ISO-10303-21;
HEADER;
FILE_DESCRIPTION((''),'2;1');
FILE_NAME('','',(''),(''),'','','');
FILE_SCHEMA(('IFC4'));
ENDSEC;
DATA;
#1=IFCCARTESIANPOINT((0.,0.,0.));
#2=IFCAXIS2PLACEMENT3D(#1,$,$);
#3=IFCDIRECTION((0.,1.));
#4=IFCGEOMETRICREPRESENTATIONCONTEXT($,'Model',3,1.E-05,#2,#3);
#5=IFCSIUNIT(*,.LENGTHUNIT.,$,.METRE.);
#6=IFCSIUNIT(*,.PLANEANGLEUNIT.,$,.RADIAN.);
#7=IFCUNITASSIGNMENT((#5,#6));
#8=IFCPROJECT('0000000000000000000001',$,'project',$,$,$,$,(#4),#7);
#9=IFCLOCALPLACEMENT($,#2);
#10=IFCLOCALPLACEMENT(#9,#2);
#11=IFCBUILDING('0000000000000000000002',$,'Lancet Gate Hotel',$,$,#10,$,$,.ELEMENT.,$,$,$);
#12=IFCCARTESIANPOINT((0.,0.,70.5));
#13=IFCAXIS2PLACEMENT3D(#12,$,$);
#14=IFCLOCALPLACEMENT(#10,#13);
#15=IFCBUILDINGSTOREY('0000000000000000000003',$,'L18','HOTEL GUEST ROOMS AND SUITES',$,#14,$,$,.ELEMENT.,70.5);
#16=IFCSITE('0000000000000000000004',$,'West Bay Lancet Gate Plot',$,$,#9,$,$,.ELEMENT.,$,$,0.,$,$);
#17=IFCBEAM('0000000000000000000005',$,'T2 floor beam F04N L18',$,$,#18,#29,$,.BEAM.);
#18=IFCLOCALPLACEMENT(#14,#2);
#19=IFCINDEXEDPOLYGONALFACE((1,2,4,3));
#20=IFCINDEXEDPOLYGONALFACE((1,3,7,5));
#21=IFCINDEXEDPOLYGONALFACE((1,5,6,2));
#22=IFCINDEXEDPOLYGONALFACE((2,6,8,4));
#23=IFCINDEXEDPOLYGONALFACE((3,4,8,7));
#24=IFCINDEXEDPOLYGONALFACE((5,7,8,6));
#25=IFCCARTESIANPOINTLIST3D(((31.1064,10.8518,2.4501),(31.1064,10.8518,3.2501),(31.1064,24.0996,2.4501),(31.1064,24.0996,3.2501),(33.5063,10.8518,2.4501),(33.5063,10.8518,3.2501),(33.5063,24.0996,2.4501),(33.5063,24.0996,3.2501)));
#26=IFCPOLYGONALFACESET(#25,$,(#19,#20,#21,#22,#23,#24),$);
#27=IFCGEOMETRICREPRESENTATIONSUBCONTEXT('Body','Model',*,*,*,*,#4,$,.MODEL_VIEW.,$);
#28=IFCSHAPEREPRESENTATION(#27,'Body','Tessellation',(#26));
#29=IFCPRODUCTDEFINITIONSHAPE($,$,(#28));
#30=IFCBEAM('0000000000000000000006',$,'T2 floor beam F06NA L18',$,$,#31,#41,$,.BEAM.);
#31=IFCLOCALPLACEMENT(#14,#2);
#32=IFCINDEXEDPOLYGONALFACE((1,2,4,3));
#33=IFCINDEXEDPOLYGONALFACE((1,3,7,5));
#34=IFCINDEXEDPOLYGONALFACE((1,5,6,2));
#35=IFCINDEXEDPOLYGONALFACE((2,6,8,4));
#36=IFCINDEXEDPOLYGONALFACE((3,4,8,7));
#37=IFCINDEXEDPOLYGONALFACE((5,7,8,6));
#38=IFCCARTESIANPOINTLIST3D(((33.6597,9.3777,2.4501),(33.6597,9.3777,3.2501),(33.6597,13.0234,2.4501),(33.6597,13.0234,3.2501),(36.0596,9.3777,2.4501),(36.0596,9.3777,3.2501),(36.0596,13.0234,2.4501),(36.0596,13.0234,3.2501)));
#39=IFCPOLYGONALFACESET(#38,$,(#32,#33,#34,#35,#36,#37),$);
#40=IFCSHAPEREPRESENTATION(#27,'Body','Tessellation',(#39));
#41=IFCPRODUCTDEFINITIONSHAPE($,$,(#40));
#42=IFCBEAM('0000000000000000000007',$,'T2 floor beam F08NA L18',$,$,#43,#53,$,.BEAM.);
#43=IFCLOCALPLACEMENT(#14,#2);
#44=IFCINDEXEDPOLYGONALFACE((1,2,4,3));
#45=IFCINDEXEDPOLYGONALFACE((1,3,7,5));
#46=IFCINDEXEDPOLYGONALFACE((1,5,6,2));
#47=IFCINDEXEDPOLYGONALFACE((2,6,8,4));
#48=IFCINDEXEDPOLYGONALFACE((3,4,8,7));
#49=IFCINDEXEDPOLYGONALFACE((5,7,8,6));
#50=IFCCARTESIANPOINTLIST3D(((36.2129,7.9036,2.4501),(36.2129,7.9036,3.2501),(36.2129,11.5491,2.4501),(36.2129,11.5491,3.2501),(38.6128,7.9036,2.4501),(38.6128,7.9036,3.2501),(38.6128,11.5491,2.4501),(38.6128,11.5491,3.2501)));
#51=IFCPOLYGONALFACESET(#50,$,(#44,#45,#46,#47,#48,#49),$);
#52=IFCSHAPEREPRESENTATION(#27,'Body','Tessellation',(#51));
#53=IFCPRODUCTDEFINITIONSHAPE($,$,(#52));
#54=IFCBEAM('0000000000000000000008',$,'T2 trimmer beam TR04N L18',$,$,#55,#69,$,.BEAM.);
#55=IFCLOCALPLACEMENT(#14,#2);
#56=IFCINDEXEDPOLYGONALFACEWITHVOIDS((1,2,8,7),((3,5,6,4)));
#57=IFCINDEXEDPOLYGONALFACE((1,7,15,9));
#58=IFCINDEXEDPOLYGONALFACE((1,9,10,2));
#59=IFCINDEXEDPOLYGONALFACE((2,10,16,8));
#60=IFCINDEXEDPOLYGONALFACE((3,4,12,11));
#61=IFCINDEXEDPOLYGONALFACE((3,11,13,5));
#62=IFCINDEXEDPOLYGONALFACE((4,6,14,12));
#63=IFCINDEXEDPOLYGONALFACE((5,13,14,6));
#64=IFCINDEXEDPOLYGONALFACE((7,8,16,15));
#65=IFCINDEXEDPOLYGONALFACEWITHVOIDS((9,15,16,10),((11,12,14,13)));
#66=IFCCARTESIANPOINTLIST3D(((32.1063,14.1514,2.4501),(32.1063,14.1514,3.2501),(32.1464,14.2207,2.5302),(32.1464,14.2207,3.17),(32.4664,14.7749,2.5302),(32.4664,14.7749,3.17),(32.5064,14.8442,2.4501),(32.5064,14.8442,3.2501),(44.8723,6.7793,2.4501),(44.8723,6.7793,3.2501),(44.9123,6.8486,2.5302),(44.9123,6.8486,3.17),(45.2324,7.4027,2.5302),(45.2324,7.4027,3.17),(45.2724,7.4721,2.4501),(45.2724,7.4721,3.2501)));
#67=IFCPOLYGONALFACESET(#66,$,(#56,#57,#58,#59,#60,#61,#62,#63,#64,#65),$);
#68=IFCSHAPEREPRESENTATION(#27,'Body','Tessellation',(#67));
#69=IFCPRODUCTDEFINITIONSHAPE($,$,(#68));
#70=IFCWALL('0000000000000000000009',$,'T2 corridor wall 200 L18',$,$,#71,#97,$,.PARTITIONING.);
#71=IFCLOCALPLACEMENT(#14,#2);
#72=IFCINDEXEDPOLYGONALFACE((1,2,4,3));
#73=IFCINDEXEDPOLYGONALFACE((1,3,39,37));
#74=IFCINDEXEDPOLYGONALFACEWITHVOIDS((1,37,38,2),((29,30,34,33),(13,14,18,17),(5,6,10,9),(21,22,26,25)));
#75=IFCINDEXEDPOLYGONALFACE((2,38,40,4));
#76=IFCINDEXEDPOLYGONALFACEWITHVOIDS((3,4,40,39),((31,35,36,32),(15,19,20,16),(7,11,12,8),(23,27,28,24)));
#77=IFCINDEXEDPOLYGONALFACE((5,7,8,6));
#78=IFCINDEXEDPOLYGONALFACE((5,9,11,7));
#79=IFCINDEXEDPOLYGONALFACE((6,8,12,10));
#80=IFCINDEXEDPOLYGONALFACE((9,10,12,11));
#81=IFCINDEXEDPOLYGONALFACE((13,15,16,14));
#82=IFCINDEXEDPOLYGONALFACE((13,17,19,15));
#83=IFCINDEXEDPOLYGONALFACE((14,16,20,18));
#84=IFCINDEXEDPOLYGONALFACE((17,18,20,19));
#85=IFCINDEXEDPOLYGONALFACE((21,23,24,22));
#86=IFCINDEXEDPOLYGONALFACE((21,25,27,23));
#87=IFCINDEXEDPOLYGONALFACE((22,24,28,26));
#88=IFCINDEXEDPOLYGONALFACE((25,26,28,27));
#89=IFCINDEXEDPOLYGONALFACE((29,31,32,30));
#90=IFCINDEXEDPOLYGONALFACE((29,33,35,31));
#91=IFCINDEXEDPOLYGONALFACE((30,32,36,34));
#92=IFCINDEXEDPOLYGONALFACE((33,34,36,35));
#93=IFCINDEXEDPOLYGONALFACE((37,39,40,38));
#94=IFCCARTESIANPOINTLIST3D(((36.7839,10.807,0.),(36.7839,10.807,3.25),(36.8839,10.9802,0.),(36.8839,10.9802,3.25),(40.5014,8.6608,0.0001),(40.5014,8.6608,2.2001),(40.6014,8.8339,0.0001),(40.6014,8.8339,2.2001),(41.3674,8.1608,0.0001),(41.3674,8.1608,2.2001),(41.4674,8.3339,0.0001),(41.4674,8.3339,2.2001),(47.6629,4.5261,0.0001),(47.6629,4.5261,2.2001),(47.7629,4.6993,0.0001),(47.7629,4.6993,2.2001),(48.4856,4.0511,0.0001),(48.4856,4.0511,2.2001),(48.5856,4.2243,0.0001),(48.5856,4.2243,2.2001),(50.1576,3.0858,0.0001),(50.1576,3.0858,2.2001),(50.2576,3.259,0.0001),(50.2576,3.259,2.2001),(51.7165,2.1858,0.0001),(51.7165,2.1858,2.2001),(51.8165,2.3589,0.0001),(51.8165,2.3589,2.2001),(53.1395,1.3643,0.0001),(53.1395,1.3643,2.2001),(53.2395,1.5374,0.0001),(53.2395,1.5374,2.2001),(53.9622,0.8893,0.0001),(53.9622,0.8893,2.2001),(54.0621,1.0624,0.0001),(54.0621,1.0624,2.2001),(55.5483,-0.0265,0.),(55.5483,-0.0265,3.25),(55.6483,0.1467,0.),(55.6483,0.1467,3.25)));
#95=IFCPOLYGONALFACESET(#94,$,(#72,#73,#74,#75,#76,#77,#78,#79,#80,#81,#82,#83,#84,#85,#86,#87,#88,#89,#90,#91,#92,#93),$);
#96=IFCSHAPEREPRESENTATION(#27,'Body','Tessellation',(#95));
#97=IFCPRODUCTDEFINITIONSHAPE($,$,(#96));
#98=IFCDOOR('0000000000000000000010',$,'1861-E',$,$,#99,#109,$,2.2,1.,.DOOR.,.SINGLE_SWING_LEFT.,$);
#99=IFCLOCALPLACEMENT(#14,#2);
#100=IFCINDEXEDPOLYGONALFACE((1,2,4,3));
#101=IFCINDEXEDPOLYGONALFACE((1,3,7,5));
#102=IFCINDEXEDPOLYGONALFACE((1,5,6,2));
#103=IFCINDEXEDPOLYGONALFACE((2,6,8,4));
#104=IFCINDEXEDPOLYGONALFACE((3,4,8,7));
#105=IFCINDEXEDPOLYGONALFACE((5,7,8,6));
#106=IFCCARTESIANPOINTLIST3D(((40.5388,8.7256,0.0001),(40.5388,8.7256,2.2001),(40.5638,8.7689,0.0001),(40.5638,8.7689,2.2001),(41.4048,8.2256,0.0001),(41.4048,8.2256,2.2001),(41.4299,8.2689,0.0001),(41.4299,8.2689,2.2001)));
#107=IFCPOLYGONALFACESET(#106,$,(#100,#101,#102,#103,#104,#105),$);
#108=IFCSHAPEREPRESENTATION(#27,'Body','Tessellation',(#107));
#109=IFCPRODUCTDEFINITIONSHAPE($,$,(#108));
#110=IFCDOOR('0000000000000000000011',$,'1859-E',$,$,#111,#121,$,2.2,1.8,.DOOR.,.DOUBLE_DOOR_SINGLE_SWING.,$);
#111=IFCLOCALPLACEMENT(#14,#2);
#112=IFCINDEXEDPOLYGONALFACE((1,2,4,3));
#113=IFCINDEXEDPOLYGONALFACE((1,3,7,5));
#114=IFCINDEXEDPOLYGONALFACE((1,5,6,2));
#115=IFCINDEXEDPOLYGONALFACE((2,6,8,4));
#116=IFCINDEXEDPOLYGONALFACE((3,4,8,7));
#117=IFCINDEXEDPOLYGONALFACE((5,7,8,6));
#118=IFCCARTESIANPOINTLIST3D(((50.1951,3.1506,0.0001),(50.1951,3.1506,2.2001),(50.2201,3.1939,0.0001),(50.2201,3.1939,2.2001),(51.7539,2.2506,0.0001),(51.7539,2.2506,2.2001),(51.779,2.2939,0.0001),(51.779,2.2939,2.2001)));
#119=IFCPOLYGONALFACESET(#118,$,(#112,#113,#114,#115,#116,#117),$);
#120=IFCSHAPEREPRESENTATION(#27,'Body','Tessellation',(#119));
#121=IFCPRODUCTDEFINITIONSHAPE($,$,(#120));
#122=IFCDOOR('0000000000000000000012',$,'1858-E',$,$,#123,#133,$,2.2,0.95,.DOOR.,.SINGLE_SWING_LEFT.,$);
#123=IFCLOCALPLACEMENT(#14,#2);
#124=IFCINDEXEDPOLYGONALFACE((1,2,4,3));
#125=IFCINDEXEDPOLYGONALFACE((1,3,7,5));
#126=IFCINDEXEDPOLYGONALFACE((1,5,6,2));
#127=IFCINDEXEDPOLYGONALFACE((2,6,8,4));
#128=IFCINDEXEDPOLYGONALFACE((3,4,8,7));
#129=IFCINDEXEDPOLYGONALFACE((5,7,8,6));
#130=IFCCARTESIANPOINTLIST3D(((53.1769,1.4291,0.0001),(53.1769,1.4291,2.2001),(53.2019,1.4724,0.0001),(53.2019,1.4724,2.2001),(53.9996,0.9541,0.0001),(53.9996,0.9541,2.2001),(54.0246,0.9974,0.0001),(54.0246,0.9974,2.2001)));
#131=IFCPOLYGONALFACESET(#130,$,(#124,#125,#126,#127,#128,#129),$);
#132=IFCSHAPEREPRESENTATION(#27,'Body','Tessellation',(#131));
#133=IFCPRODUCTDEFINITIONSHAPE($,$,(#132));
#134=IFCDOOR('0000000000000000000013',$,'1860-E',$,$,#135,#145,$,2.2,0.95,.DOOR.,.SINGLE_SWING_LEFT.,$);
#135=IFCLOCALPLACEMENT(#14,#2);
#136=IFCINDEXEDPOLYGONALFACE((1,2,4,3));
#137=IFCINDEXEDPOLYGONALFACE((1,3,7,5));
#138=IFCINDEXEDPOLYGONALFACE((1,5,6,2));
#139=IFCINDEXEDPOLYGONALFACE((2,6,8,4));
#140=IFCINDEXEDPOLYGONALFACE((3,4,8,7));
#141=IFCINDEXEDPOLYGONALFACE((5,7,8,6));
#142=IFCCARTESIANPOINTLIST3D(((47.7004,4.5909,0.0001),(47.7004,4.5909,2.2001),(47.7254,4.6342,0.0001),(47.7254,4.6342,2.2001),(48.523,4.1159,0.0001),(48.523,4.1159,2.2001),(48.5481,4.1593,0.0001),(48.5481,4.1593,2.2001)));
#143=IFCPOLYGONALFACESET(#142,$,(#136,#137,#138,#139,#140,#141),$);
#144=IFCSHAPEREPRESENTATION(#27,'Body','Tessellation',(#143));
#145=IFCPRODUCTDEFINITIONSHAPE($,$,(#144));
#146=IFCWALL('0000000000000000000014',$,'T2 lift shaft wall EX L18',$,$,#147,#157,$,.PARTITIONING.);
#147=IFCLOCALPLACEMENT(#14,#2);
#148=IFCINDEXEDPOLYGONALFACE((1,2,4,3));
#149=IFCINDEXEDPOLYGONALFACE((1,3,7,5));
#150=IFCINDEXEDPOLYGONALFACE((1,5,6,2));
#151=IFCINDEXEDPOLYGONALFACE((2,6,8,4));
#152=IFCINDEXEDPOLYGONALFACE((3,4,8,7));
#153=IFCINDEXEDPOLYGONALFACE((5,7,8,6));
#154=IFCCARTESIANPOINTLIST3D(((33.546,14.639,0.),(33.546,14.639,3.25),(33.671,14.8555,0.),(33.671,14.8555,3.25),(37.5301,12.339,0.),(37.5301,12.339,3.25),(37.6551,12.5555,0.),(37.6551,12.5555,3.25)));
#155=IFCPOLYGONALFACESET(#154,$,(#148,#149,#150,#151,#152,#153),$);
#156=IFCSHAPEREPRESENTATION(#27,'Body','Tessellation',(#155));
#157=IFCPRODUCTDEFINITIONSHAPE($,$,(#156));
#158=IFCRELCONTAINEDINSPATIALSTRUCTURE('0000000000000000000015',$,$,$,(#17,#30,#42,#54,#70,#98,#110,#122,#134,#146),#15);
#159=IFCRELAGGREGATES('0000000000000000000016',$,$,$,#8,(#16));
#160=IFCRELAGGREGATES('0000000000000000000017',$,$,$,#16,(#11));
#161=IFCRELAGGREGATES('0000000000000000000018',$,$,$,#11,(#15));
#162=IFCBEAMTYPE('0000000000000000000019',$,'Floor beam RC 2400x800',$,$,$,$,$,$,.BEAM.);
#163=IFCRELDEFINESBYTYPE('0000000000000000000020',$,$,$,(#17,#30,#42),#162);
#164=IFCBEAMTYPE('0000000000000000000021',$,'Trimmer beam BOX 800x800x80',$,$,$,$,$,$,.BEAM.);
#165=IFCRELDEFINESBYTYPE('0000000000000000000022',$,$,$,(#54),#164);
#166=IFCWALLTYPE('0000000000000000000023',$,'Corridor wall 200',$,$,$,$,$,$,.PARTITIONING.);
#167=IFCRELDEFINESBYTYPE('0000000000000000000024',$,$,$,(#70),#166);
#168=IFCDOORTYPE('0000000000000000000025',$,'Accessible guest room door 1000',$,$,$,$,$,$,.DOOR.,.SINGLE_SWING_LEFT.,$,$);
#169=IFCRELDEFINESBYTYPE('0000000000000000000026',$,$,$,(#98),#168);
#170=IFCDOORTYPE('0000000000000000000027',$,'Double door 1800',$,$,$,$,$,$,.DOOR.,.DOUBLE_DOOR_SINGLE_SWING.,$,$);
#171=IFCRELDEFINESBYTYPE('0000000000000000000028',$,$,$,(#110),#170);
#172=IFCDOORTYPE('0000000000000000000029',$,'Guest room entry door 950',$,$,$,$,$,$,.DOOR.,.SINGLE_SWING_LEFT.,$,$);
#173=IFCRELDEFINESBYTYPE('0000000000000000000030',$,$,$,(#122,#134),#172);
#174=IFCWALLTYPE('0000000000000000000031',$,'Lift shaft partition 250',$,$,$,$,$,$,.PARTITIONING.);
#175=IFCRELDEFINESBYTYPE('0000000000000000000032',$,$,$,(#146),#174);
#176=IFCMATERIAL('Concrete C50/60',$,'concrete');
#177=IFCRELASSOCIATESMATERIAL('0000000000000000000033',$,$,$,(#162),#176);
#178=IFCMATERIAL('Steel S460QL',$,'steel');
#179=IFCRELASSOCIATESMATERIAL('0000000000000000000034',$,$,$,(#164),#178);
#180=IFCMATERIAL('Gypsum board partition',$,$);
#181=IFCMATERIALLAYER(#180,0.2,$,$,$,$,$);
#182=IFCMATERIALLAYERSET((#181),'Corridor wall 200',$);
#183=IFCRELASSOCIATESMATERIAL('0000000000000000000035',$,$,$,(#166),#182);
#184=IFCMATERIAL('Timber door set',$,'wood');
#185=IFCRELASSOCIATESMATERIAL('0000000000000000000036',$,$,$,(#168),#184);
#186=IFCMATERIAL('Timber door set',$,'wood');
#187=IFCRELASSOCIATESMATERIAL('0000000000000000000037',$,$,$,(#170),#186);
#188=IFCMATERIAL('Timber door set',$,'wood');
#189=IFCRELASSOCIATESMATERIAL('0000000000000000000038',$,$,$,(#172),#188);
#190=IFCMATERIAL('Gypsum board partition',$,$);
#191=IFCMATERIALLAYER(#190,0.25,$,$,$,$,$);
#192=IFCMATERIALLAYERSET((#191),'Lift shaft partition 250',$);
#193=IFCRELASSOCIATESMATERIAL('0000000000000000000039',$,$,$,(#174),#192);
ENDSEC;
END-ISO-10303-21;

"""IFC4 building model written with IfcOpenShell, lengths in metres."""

from ifc_helpers import new_model, si_unit, direction, frame, frame_2d, origin, origin_2d, place, context, subcontext, project, spatial, rectangle, hollow_rectangle, extrude, material, layer, layer_set, material_profile, profile_set, type_object, element, fill, save


model = new_model("IFC4")

# Units and contexts
model_context = context("Model", 3, precision=1e-05, world=origin(), true_north=direction((0.0, 1.0)))
body_context = subcontext(model_context, "Body", "Model", "MODEL_VIEW")
ifc_project = project(units=[si_unit("LENGTHUNIT", "METRE"), si_unit("PLANEANGLEUNIT", "RADIAN")], contexts=[model_context])

# Site, building, storey
site_placement = place(None, origin())
site = spatial("IfcSite", under=ifc_project, at=site_placement, Name="West Bay Lancet Gate Plot", CompositionType="ELEMENT", RefElevation=0.0)
building_placement = place(site_placement, origin())
building = spatial("IfcBuilding", under=site, at=building_placement, Name="Lancet Gate Hotel", CompositionType="ELEMENT")
storey_placement = place(building_placement, frame((0.0, 0.0, 70.5)))
storey = spatial("IfcBuildingStorey", under=building, at=storey_placement, Name="L18", Description="HOTEL GUEST ROOMS AND SUITES", CompositionType="ELEMENT", Elevation=70.5)

# Beams
ifc_material_1 = material(Name="Concrete C50/60", Category="concrete")
ifc_material_profile_1 = material_profile(ifc_material_1, rectangle(XDim=2.3999, YDim=0.8, at=origin_2d()), Name="RC 2400x800")
ifc_profile_set_1 = profile_set([ifc_material_profile_1], Name="Concrete C50/60")
beam_type_1 = type_object("IfcBeamType", Name="Floor beam RC 2400x800", PredefinedType="BEAM", material=ifc_profile_set_1)
beam_1_placement = place(storey_placement, frame((32.3064, 10.8518, 2.8501), z_axis=(0.0, 1.0, 0.0), x_axis=(-1.0, 0.0, 0.0)))
element("IfcBeam", 1, at=beam_1_placement, inside=storey, type_object=beam_type_1, Name="T2 floor beam F04N L18", PredefinedType="BEAM", context=body_context, shape_type="SweptSolid", body=[
    extrude(rectangle(XDim=2.3999, YDim=0.8, at=origin_2d()), origin(), (0.0, 0.0, 1.0), 13.2478),
])
beam_2_placement = place(storey_placement, frame((34.8596, 9.3777, 2.8501), z_axis=(0.0, 1.0, 0.0), x_axis=(-1.0, 0.0, 0.0)))
element("IfcBeam", 2, at=beam_2_placement, inside=storey, type_object=beam_type_1, Name="T2 floor beam F06NA L18", PredefinedType="BEAM", context=body_context, shape_type="SweptSolid", body=[
    extrude(rectangle(XDim=2.3999, YDim=0.8, at=origin_2d()), origin(), (0.0, 0.0, 1.0), 3.6458),
])
beam_3_placement = place(storey_placement, frame((37.4128, 7.9036, 2.8501), z_axis=(0.0, 1.0, 0.0), x_axis=(-1.0, 0.0, 0.0)))
element("IfcBeam", 3, at=beam_3_placement, inside=storey, type_object=beam_type_1, Name="T2 floor beam F08NA L18", PredefinedType="BEAM", context=body_context, shape_type="SweptSolid", body=[
    extrude(rectangle(XDim=2.3999, YDim=0.8, at=origin_2d()), origin(), (0.0, 0.0, 1.0), 3.6455),
])
ifc_material_2 = material(Name="Steel S460QL", Category="steel")
ifc_material_profile_2 = material_profile(ifc_material_2, hollow_rectangle(XDim=0.8, YDim=0.8, WallThickness=0.0801, at=origin_2d()), Name="BOX 800x800x80")
ifc_profile_set_2 = profile_set([ifc_material_profile_2], Name="Steel S460QL")
beam_type_2 = type_object("IfcBeamType", Name="Trimmer beam BOX 800x800x80", PredefinedType="BEAM", material=ifc_profile_set_2)
beam_4_placement = place(storey_placement, frame((32.3064, 14.4978, 2.8501), z_axis=(0.865976, -0.500086, 0.0), x_axis=(0.500086, 0.865976, 0.0)))
element("IfcBeam", 4, at=beam_4_placement, inside=storey, type_object=beam_type_2, Name="T2 trimmer beam TR04N L18", PredefinedType="BEAM", context=body_context, shape_type="SweptSolid", body=[
    extrude(hollow_rectangle(XDim=0.8, YDim=0.8, WallThickness=0.0801, at=origin_2d()), origin(), (0.0, 0.0, 1.0), 14.7417),
])

# Wall, openings, doors
ifc_material_3 = material(Name="Gypsum board partition")
ifc_layer_1 = layer(ifc_material_3, 0.2)
ifc_layer_set_1 = layer_set([ifc_layer_1], Name="Corridor wall 200")
wall_type_1 = type_object("IfcWallType", Name="Corridor wall 200", PredefinedType="PARTITIONING", material=ifc_layer_set_1)
wall_1_placement = place(storey_placement, frame((36.834, 10.8936, 0.0), z_axis=(0.0, 0.0, 1.0), x_axis=(0.866028, -0.499995, 0.0)))
wall_1 = element("IfcWall", 5, at=wall_1_placement, inside=storey, type_object=wall_type_1, Name="T2 corridor wall 200 L18", PredefinedType="PARTITIONING", context=body_context, shape_type="SweptSolid", body=[
    extrude(rectangle(XDim=21.6672, YDim=0.2, at=frame_2d((10.8335, 0.0))), origin(), (0.0, 0.0, 1.0), 3.25),
])
opening_1_placement = place(wall_1_placement, frame((18.8855, 0.0, 0.0)))
opening_1 = element("IfcOpeningElement", 6, at=opening_1_placement, cuts=wall_1, PredefinedType="OPENING", context=body_context, shape_type="SweptSolid", body=[
    extrude(rectangle(XDim=0.95, YDim=2.2, at=frame_2d((0.4751, 1.1001))), frame((0.0, 0.1099, 0.0), z_axis=(0.0, -1.0, 0.0), x_axis=(1.0, 0.0, 0.0)), (0.0, 0.0, 1.0), 0.22),
])
opening_2_placement = place(wall_1_placement, frame((15.4426, 0.0, 0.0)))
opening_2 = element("IfcOpeningElement", 7, at=opening_2_placement, cuts=wall_1, PredefinedType="OPENING", context=body_context, shape_type="SweptSolid", body=[
    extrude(rectangle(XDim=1.8, YDim=2.2, at=frame_2d((0.8999, 1.1001))), frame((0.0, 0.1099, 0.0), z_axis=(0.0, -1.0, 0.0), x_axis=(1.0, 0.0, 0.0)), (0.0, 0.0, 1.0), 0.22),
])
opening_3_placement = place(wall_1_placement, frame((12.5618, 0.0, 0.0)))
opening_3 = element("IfcOpeningElement", 8, at=opening_3_placement, cuts=wall_1, PredefinedType="OPENING", context=body_context, shape_type="SweptSolid", body=[
    extrude(rectangle(XDim=0.95, YDim=2.2, at=frame_2d((0.4751, 1.1001))), frame((0.0, 0.1099, 0.0), z_axis=(0.0, -1.0, 0.0), x_axis=(1.0, 0.0, 0.0)), (0.0, 0.0, 1.0), 0.22),
])
opening_4_placement = place(wall_1_placement, frame((4.2925, 0.0, 0.0)))
opening_4 = element("IfcOpeningElement", 9, at=opening_4_placement, cuts=wall_1, PredefinedType="OPENING", context=body_context, shape_type="SweptSolid", body=[
    extrude(rectangle(XDim=1.0, YDim=2.2, at=frame_2d((0.5, 1.1001))), frame((0.0, 0.1099, 0.0), z_axis=(0.0, -1.0, 0.0), x_axis=(1.0, 0.0, 0.0)), (0.0, 0.0, 1.0), 0.22),
])
ifc_material_4 = material(Name="Timber door set", Category="wood")
door_type_1 = type_object("IfcDoorType", Name="Accessible guest room door 1000", OperationType="SINGLE_SWING_LEFT", PredefinedType="DOOR", material=ifc_material_4)
door_1_placement = place(opening_4_placement, origin())
door_1 = element("IfcDoor", 10, at=door_1_placement, inside=storey, type_object=door_type_1, Name="1861-E", OperationType="SINGLE_SWING_LEFT", OverallHeight=2.2, OverallWidth=1.0, PredefinedType="DOOR", context=body_context, shape_type="SweptSolid", body=[
    extrude(rectangle(XDim=1.0, YDim=2.2, at=frame_2d((0.5, 1.1001))), frame((0.0, 0.0249, 0.0), z_axis=(0.0, -1.0, 0.0), x_axis=(1.0, 0.0, 0.0)), (0.0, 0.0, 1.0), 0.05),
])
fill(opening_4, door_1)
ifc_material_5 = material(Name="Timber door set", Category="wood")
door_type_2 = type_object("IfcDoorType", Name="Double door 1800", OperationType="DOUBLE_DOOR_SINGLE_SWING", PredefinedType="DOOR", material=ifc_material_5)
door_2_placement = place(opening_2_placement, origin())
door_2 = element("IfcDoor", 11, at=door_2_placement, inside=storey, type_object=door_type_2, Name="1859-E", OperationType="DOUBLE_DOOR_SINGLE_SWING", OverallHeight=2.2, OverallWidth=1.8, PredefinedType="DOOR", context=body_context, shape_type="SweptSolid", body=[
    extrude(rectangle(XDim=1.8, YDim=2.2, at=frame_2d((0.8999, 1.1001))), frame((0.0, 0.0249, 0.0), z_axis=(0.0, -1.0, 0.0), x_axis=(1.0, 0.0, 0.0)), (0.0, 0.0, 1.0), 0.05),
])
fill(opening_2, door_2)
ifc_material_6 = material(Name="Timber door set", Category="wood")
door_type_3 = type_object("IfcDoorType", Name="Guest room entry door 950", OperationType="SINGLE_SWING_LEFT", PredefinedType="DOOR", material=ifc_material_6)
door_3_placement = place(opening_1_placement, origin())
door_3 = element("IfcDoor", 12, at=door_3_placement, inside=storey, type_object=door_type_3, Name="1858-E", OperationType="SINGLE_SWING_LEFT", OverallHeight=2.2, OverallWidth=0.95, PredefinedType="DOOR", context=body_context, shape_type="SweptSolid", body=[
    extrude(rectangle(XDim=0.95, YDim=2.2, at=frame_2d((0.4751, 1.1001))), frame((0.0, 0.0249, 0.0), z_axis=(0.0, -1.0, 0.0), x_axis=(1.0, 0.0, 0.0)), (0.0, 0.0, 1.0), 0.05),
])
fill(opening_1, door_3)
door_4_placement = place(opening_3_placement, origin())
door_4 = element("IfcDoor", 13, at=door_4_placement, inside=storey, type_object=door_type_3, Name="1860-E", OperationType="SINGLE_SWING_LEFT", OverallHeight=2.2, OverallWidth=0.95, PredefinedType="DOOR", context=body_context, shape_type="SweptSolid", body=[
    extrude(rectangle(XDim=0.95, YDim=2.2, at=frame_2d((0.4751, 1.1001))), frame((0.0, 0.0249, 0.0), z_axis=(0.0, -1.0, 0.0), x_axis=(1.0, 0.0, 0.0)), (0.0, 0.0, 1.0), 0.05),
])
fill(opening_3, door_4)

# Wall
ifc_material_7 = material(Name="Gypsum board partition")
ifc_layer_2 = layer(ifc_material_7, 0.25)
ifc_layer_set_2 = layer_set([ifc_layer_2], Name="Lift shaft partition 250")
wall_type_2 = type_object("IfcWallType", Name="Lift shaft partition 250", PredefinedType="PARTITIONING", material=ifc_layer_set_2)
wall_2_placement = place(storey_placement, frame((33.6084, 14.7473, 0.0), z_axis=(0.0, 0.0, 1.0), x_axis=(0.866043, -0.499969, 0.0)))
element("IfcWall", 14, at=wall_2_placement, inside=storey, type_object=wall_type_2, Name="T2 lift shaft wall EX L18", PredefinedType="PARTITIONING", context=body_context, shape_type="SweptSolid", body=[
    extrude(rectangle(XDim=4.6003, YDim=0.25, at=frame_2d((2.3003, 0.0))), origin(), (0.0, 0.0, 1.0), 3.25),
])

save(model, "model.ifc")
